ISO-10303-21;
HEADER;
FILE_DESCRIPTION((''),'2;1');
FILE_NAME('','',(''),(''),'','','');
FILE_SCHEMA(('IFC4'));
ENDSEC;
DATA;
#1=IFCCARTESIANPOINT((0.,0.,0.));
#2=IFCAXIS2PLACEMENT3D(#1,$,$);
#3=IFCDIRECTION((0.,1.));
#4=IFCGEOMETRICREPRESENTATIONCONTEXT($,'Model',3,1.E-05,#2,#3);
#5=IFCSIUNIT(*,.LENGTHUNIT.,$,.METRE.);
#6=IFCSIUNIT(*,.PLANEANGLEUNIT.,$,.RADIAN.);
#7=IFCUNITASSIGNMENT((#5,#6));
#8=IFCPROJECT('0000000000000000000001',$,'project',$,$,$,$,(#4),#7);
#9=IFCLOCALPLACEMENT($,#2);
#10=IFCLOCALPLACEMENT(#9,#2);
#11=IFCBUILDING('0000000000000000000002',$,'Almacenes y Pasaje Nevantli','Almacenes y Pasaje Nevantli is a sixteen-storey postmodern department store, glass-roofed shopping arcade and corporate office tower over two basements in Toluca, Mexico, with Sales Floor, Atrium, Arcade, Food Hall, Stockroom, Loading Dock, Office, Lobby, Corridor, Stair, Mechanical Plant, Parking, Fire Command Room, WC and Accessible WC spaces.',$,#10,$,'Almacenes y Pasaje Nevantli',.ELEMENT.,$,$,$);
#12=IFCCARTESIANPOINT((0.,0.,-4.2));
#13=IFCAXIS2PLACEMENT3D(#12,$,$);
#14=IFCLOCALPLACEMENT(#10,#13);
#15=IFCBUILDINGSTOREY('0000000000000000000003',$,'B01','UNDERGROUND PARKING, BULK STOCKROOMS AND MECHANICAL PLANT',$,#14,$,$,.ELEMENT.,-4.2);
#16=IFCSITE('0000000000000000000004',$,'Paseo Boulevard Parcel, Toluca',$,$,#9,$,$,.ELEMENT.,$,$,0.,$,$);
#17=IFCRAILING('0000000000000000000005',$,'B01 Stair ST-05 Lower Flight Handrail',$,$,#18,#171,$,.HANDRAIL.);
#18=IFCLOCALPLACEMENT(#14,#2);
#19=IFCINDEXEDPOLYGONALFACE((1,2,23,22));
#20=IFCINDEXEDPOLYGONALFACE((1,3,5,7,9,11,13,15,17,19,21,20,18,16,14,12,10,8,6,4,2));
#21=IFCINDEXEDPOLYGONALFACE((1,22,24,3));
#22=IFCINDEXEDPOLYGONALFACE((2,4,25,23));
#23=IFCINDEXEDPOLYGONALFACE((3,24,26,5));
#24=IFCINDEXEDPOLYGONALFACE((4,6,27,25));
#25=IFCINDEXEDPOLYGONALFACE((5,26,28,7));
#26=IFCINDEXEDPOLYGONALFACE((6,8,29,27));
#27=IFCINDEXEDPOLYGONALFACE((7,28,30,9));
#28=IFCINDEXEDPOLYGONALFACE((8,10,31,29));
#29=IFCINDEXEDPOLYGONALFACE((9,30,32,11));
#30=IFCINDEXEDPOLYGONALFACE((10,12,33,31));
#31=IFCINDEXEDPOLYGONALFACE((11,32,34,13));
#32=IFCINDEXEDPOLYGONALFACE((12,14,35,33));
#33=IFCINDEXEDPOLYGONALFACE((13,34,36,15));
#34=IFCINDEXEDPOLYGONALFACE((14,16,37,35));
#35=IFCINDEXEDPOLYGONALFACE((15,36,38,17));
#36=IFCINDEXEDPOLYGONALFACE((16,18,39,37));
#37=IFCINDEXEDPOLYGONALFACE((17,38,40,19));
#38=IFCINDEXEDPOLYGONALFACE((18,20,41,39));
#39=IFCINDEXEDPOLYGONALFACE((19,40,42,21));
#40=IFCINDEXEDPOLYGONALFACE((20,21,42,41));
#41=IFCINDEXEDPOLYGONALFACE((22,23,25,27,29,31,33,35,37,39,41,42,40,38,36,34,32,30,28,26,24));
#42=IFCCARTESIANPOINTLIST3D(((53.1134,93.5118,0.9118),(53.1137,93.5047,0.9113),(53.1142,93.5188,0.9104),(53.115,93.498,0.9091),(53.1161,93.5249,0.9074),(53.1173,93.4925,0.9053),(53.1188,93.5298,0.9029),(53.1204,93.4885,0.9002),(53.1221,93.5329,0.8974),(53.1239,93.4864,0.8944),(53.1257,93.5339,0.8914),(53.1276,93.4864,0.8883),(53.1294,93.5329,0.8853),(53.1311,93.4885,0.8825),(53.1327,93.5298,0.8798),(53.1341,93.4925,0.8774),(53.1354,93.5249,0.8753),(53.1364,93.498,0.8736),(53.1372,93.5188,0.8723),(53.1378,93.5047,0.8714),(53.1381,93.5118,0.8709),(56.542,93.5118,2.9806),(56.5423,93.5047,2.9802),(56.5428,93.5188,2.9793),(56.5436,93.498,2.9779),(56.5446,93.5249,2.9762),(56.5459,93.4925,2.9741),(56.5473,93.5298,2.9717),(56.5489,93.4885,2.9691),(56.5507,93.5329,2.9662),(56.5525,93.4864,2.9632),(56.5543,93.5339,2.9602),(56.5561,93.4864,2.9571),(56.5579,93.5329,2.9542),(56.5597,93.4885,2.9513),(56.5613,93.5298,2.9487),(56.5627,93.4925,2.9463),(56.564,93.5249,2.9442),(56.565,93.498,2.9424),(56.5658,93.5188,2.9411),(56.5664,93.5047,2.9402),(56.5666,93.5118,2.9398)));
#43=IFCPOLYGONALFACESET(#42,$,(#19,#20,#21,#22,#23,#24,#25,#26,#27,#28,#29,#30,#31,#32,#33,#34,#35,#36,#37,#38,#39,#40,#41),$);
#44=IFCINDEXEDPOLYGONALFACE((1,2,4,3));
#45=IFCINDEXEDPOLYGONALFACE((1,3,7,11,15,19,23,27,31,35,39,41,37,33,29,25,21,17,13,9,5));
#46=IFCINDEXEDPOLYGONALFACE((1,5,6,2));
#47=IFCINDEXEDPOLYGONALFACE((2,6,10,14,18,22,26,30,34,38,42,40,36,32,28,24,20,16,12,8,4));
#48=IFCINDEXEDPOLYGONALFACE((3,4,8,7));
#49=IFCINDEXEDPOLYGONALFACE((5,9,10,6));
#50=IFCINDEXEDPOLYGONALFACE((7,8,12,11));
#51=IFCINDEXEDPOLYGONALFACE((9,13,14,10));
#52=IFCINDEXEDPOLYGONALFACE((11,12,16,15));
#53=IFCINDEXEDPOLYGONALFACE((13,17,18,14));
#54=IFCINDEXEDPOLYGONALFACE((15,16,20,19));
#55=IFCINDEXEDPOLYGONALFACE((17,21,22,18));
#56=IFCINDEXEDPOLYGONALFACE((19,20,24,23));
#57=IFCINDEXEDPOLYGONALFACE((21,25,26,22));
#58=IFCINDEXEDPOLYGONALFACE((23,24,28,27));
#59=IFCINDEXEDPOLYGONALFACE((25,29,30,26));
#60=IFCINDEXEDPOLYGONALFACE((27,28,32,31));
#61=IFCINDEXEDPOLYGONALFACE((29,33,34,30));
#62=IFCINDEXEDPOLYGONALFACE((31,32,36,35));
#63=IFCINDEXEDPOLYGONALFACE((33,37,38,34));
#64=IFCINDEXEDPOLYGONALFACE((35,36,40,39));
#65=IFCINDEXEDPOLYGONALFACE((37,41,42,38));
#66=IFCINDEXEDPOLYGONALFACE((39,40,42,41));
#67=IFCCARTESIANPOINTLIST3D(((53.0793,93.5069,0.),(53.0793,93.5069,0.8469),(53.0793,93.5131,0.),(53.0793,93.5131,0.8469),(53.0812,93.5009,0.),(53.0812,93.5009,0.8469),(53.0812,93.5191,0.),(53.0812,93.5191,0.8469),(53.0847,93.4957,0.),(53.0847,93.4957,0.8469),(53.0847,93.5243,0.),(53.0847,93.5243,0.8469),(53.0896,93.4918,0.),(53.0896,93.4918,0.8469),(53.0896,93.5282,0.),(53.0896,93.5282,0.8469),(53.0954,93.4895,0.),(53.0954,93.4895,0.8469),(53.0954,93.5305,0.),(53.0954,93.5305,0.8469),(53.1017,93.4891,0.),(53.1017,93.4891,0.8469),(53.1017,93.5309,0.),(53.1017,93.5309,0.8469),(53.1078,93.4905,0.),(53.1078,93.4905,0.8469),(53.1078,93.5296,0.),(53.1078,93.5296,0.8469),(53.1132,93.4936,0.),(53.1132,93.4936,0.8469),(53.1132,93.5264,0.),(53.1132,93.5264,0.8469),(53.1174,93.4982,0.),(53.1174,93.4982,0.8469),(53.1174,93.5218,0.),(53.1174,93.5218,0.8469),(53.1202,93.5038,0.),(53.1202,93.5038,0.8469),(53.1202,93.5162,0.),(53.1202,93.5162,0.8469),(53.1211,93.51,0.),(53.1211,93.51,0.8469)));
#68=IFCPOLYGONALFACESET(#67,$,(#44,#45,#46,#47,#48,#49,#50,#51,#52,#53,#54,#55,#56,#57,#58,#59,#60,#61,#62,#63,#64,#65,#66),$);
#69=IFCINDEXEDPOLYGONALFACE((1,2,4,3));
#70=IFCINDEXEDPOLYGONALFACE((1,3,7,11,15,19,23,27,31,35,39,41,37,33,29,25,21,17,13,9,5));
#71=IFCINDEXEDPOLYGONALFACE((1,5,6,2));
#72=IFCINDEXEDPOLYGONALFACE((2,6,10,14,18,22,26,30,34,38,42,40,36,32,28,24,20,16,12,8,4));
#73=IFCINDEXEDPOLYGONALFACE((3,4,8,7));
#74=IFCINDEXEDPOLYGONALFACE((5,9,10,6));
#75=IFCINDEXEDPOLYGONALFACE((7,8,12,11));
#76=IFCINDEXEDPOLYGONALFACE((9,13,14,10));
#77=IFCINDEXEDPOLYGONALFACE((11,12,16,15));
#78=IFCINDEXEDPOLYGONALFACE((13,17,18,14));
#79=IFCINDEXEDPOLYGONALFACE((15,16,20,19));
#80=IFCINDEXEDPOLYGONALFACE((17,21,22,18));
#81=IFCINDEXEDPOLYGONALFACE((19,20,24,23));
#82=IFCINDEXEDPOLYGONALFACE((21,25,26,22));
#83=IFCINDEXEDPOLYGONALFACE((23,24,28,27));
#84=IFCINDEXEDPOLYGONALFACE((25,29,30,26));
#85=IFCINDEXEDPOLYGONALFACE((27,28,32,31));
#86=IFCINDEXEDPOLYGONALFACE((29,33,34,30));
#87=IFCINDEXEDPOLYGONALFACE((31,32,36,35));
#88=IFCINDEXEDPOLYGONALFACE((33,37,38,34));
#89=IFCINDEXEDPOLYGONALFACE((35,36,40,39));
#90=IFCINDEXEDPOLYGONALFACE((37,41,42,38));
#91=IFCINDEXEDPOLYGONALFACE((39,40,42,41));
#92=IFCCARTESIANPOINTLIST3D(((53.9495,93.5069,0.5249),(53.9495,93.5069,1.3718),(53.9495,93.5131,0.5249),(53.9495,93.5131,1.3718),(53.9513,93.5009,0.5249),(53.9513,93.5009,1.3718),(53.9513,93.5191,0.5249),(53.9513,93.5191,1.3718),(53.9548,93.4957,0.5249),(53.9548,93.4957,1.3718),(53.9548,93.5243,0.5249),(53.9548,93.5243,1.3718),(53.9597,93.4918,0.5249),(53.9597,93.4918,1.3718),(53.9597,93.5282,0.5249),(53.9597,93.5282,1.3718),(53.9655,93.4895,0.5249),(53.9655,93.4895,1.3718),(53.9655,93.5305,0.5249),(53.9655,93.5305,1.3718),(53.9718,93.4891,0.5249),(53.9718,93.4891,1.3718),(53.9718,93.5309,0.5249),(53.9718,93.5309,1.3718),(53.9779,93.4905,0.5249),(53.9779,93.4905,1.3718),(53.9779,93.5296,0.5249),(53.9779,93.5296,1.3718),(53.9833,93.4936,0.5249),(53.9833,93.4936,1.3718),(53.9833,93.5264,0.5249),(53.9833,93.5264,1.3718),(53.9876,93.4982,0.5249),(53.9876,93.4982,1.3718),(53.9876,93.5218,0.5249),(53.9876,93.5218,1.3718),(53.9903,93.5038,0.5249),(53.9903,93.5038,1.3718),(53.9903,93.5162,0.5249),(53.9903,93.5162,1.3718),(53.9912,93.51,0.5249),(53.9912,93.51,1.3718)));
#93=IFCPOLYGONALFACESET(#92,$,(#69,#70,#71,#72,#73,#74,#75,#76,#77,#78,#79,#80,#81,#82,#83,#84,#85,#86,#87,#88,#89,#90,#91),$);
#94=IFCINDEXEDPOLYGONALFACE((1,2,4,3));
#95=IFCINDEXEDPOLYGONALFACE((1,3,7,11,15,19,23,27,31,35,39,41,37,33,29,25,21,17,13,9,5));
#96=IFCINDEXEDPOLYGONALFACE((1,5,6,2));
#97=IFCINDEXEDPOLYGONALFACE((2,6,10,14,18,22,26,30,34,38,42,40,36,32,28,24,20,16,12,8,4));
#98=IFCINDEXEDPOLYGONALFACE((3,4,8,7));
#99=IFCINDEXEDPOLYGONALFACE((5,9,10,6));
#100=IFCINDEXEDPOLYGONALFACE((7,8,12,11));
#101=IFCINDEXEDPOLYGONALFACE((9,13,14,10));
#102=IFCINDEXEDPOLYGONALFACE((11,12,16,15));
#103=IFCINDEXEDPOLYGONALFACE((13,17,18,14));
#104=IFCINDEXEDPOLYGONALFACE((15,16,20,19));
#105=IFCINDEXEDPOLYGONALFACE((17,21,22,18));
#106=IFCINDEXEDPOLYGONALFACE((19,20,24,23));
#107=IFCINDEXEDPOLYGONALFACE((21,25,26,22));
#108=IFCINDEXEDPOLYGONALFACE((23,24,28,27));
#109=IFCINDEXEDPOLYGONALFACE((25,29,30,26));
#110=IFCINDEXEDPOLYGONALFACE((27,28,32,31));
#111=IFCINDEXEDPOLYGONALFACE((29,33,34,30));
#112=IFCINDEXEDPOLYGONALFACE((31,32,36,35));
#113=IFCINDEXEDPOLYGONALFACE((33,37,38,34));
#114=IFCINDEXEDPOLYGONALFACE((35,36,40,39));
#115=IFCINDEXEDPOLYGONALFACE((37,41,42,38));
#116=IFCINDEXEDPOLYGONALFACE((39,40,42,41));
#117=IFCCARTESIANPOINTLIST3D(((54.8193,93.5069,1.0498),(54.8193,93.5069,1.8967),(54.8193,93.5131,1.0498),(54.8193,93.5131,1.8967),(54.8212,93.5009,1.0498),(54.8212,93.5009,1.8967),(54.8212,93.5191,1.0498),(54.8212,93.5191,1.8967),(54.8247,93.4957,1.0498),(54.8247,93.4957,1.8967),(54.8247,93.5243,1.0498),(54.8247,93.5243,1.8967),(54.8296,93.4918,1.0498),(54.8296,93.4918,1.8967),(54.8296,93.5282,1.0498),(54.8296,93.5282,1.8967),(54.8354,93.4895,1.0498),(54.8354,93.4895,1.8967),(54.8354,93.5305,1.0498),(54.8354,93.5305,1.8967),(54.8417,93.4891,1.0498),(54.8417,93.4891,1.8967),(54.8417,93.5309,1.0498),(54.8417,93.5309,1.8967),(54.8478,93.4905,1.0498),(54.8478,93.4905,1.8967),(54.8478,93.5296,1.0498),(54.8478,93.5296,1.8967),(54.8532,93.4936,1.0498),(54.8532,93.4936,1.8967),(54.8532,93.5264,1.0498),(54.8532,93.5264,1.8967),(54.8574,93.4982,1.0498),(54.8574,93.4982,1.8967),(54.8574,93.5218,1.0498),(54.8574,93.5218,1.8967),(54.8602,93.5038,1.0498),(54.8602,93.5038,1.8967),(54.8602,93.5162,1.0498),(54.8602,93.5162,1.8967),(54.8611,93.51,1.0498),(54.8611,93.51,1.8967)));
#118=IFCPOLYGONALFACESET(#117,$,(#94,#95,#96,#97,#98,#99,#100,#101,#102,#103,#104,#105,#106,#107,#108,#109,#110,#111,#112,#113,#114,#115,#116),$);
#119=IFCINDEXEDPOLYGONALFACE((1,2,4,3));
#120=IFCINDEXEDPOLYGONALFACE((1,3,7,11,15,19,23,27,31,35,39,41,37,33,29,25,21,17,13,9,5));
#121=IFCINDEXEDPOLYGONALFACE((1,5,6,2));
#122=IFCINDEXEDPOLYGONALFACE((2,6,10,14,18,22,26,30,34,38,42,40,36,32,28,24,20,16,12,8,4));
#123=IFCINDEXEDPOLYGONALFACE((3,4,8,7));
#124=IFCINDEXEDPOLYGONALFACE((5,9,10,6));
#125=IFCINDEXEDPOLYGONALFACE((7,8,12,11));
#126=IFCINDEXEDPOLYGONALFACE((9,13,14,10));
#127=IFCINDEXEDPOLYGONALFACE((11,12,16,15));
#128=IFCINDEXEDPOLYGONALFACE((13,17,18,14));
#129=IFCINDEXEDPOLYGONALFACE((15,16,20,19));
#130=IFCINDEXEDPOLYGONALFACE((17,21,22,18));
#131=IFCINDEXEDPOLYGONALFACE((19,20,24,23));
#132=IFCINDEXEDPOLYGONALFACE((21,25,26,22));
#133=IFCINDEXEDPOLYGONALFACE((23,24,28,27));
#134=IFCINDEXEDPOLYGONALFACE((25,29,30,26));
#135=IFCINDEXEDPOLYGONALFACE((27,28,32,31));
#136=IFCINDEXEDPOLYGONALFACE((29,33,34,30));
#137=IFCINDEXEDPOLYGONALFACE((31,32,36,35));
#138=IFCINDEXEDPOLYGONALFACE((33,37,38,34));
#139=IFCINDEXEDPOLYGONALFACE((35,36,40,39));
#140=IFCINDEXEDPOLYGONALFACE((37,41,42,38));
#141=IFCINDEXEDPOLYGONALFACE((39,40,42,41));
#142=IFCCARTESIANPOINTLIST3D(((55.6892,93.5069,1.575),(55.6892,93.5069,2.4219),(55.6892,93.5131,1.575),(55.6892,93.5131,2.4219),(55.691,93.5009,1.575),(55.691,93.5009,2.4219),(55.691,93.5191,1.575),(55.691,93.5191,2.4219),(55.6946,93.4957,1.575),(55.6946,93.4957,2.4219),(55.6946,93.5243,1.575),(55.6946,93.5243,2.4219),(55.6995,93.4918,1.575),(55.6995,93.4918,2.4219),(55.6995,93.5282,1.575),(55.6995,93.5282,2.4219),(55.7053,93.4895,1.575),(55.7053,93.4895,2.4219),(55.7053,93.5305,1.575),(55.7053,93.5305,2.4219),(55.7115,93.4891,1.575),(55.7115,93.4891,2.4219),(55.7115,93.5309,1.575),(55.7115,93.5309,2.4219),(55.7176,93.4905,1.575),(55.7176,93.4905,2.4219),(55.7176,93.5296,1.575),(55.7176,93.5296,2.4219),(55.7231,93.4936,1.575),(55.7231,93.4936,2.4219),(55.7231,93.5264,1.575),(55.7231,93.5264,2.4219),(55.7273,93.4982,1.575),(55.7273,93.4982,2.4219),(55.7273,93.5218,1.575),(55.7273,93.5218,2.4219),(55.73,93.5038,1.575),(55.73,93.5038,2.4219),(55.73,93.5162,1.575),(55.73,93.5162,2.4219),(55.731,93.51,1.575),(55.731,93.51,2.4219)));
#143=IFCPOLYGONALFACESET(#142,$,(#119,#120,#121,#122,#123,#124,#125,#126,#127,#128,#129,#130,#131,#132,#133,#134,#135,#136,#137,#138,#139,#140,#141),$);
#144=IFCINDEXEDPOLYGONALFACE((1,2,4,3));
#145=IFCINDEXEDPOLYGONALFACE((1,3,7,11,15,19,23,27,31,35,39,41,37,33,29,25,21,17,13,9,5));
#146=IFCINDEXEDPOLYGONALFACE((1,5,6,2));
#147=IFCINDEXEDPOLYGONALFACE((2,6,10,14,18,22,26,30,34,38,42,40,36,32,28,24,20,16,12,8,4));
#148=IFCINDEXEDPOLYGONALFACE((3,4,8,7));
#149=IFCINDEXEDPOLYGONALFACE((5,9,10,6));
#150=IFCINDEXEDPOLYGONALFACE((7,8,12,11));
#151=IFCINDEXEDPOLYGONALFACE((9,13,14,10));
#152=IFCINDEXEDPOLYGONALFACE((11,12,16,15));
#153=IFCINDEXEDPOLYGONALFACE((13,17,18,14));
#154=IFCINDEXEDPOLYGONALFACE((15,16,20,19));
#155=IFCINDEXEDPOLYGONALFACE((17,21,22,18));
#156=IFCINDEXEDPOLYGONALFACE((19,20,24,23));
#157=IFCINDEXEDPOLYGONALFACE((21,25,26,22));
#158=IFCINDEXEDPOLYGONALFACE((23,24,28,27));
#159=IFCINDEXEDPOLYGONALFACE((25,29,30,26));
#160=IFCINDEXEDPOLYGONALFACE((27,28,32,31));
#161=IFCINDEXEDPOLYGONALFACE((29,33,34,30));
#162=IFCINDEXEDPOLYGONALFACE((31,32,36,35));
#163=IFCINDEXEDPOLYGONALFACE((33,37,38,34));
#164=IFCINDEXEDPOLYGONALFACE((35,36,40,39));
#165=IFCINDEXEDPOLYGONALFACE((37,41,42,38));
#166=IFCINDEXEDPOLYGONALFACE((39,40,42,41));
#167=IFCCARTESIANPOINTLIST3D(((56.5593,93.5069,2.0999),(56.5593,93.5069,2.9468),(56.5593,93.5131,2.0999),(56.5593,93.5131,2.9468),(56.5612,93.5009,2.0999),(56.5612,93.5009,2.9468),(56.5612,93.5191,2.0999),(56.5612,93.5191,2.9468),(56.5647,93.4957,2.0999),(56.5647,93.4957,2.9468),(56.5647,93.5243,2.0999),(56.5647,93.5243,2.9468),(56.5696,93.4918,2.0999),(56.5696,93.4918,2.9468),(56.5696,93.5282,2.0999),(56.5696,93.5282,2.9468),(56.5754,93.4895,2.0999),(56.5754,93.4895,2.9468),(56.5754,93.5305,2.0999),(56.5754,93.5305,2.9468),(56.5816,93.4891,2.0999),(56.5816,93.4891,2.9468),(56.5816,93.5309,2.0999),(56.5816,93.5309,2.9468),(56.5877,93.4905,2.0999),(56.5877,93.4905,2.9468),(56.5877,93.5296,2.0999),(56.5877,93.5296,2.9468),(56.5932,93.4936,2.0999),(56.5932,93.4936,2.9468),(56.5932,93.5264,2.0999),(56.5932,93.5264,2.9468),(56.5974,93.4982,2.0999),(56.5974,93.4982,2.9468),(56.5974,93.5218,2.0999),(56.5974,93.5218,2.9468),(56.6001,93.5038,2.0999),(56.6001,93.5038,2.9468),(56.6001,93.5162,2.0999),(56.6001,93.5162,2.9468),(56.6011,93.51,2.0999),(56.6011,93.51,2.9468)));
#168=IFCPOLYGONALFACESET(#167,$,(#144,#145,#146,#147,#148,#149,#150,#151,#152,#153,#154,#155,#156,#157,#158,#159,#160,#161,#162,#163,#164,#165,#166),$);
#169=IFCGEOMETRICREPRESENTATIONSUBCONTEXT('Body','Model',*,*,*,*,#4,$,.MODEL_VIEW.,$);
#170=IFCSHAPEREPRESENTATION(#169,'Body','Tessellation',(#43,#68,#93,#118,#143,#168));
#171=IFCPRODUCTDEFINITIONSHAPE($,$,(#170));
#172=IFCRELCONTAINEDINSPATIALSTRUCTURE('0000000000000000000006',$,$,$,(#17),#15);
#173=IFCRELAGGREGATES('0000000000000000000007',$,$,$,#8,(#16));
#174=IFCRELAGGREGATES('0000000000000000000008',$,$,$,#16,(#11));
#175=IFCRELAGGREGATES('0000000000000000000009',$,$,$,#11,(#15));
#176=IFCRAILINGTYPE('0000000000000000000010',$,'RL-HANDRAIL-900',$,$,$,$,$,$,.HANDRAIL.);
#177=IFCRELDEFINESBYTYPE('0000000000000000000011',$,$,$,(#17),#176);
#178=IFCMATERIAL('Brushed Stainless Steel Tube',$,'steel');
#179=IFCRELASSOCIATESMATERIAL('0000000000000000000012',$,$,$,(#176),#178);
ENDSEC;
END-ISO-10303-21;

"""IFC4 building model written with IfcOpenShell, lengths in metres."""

from ifc_helpers import new_model, si_unit, direction, frame, origin, origin_2d, place, context, subcontext, project, spatial, circle, extrude, material, type_object, element, save


model = new_model("IFC4")

# Units and contexts
model_context = context("Model", 3, precision=1e-05, world=origin(), true_north=direction((0.0, 1.0)))
body_context = subcontext(model_context, "Body", "Model", "MODEL_VIEW")
ifc_project = project(units=[si_unit("LENGTHUNIT", "METRE"), si_unit("PLANEANGLEUNIT", "RADIAN")], contexts=[model_context])

# Site, building, storey
site_placement = place(None, origin())
site = spatial("IfcSite", under=ifc_project, at=site_placement, Name="Paseo Boulevard Parcel, Toluca", CompositionType="ELEMENT", RefElevation=0.0)
building_placement = place(site_placement, origin())
building = spatial("IfcBuilding", under=site, at=building_placement, Name="Almacenes y Pasaje Nevantli", Description="Almacenes y Pasaje Nevantli is a sixteen-storey postmodern department store, glass-roofed shopping arcade and corporate office tower over two basements in Toluca, Mexico, with Sales Floor, Atrium, Arcade, Food Hall, Stockroom, Loading Dock, Office, Lobby, Corridor, Stair, Mechanical Plant, Parking, Fire Command Room, WC and Accessible WC spaces.", LongName="Almacenes y Pasaje Nevantli", CompositionType="ELEMENT")
storey_placement = place(building_placement, frame((0.0, 0.0, -4.2)))
storey = spatial("IfcBuildingStorey", under=building, at=storey_placement, Name="B01", Description="UNDERGROUND PARKING, BULK STOCKROOMS AND MECHANICAL PLANT", CompositionType="ELEMENT", Elevation=-4.2)

# Railing
ifc_material_1 = material(Name="Brushed Stainless Steel Tube", Category="steel")
railing_type_1 = type_object("IfcRailingType", Name="RL-HANDRAIL-900", PredefinedType="HANDRAIL", material=ifc_material_1)
railing_1_placement = place(storey_placement, frame((53.1001, 93.51, 0.0)))
element("IfcRailing", 1, at=railing_1_placement, inside=storey, type_object=railing_type_1, Name="B01 Stair ST-05 Lower Flight Handrail", PredefinedType="HANDRAIL", context=body_context, shape_type="SweptSolid", body=[
    extrude(circle(Radius=0.0239, at=origin_2d()), frame((0.0256, 0.0, 0.8914), z_axis=(0.856202, 0.0, 0.516641), x_axis=(0.0, 1.0, 0.0)), (0.0, 0.0, 1.0), 4.0044),
    extrude(circle(Radius=0.021, at=origin_2d()), origin(), (0.0, 0.0, 1.0), 0.8469),
    extrude(circle(Radius=0.021, at=origin_2d()), frame((0.8701, 0.0, 0.5249)), (0.0, 0.0, 1.0), 0.8469),
    extrude(circle(Radius=0.021, at=origin_2d()), frame((1.74, 0.0, 1.0498)), (0.0, 0.0, 1.0), 0.8469),
    extrude(circle(Radius=0.021, at=origin_2d()), frame((2.6099, 0.0, 1.575)), (0.0, 0.0, 1.0), 0.8469),
    extrude(circle(Radius=0.021, at=origin_2d()), frame((3.48, 0.0, 2.0999)), (0.0, 0.0, 1.0), 0.8469),
])

save(model, "model.ifc")
